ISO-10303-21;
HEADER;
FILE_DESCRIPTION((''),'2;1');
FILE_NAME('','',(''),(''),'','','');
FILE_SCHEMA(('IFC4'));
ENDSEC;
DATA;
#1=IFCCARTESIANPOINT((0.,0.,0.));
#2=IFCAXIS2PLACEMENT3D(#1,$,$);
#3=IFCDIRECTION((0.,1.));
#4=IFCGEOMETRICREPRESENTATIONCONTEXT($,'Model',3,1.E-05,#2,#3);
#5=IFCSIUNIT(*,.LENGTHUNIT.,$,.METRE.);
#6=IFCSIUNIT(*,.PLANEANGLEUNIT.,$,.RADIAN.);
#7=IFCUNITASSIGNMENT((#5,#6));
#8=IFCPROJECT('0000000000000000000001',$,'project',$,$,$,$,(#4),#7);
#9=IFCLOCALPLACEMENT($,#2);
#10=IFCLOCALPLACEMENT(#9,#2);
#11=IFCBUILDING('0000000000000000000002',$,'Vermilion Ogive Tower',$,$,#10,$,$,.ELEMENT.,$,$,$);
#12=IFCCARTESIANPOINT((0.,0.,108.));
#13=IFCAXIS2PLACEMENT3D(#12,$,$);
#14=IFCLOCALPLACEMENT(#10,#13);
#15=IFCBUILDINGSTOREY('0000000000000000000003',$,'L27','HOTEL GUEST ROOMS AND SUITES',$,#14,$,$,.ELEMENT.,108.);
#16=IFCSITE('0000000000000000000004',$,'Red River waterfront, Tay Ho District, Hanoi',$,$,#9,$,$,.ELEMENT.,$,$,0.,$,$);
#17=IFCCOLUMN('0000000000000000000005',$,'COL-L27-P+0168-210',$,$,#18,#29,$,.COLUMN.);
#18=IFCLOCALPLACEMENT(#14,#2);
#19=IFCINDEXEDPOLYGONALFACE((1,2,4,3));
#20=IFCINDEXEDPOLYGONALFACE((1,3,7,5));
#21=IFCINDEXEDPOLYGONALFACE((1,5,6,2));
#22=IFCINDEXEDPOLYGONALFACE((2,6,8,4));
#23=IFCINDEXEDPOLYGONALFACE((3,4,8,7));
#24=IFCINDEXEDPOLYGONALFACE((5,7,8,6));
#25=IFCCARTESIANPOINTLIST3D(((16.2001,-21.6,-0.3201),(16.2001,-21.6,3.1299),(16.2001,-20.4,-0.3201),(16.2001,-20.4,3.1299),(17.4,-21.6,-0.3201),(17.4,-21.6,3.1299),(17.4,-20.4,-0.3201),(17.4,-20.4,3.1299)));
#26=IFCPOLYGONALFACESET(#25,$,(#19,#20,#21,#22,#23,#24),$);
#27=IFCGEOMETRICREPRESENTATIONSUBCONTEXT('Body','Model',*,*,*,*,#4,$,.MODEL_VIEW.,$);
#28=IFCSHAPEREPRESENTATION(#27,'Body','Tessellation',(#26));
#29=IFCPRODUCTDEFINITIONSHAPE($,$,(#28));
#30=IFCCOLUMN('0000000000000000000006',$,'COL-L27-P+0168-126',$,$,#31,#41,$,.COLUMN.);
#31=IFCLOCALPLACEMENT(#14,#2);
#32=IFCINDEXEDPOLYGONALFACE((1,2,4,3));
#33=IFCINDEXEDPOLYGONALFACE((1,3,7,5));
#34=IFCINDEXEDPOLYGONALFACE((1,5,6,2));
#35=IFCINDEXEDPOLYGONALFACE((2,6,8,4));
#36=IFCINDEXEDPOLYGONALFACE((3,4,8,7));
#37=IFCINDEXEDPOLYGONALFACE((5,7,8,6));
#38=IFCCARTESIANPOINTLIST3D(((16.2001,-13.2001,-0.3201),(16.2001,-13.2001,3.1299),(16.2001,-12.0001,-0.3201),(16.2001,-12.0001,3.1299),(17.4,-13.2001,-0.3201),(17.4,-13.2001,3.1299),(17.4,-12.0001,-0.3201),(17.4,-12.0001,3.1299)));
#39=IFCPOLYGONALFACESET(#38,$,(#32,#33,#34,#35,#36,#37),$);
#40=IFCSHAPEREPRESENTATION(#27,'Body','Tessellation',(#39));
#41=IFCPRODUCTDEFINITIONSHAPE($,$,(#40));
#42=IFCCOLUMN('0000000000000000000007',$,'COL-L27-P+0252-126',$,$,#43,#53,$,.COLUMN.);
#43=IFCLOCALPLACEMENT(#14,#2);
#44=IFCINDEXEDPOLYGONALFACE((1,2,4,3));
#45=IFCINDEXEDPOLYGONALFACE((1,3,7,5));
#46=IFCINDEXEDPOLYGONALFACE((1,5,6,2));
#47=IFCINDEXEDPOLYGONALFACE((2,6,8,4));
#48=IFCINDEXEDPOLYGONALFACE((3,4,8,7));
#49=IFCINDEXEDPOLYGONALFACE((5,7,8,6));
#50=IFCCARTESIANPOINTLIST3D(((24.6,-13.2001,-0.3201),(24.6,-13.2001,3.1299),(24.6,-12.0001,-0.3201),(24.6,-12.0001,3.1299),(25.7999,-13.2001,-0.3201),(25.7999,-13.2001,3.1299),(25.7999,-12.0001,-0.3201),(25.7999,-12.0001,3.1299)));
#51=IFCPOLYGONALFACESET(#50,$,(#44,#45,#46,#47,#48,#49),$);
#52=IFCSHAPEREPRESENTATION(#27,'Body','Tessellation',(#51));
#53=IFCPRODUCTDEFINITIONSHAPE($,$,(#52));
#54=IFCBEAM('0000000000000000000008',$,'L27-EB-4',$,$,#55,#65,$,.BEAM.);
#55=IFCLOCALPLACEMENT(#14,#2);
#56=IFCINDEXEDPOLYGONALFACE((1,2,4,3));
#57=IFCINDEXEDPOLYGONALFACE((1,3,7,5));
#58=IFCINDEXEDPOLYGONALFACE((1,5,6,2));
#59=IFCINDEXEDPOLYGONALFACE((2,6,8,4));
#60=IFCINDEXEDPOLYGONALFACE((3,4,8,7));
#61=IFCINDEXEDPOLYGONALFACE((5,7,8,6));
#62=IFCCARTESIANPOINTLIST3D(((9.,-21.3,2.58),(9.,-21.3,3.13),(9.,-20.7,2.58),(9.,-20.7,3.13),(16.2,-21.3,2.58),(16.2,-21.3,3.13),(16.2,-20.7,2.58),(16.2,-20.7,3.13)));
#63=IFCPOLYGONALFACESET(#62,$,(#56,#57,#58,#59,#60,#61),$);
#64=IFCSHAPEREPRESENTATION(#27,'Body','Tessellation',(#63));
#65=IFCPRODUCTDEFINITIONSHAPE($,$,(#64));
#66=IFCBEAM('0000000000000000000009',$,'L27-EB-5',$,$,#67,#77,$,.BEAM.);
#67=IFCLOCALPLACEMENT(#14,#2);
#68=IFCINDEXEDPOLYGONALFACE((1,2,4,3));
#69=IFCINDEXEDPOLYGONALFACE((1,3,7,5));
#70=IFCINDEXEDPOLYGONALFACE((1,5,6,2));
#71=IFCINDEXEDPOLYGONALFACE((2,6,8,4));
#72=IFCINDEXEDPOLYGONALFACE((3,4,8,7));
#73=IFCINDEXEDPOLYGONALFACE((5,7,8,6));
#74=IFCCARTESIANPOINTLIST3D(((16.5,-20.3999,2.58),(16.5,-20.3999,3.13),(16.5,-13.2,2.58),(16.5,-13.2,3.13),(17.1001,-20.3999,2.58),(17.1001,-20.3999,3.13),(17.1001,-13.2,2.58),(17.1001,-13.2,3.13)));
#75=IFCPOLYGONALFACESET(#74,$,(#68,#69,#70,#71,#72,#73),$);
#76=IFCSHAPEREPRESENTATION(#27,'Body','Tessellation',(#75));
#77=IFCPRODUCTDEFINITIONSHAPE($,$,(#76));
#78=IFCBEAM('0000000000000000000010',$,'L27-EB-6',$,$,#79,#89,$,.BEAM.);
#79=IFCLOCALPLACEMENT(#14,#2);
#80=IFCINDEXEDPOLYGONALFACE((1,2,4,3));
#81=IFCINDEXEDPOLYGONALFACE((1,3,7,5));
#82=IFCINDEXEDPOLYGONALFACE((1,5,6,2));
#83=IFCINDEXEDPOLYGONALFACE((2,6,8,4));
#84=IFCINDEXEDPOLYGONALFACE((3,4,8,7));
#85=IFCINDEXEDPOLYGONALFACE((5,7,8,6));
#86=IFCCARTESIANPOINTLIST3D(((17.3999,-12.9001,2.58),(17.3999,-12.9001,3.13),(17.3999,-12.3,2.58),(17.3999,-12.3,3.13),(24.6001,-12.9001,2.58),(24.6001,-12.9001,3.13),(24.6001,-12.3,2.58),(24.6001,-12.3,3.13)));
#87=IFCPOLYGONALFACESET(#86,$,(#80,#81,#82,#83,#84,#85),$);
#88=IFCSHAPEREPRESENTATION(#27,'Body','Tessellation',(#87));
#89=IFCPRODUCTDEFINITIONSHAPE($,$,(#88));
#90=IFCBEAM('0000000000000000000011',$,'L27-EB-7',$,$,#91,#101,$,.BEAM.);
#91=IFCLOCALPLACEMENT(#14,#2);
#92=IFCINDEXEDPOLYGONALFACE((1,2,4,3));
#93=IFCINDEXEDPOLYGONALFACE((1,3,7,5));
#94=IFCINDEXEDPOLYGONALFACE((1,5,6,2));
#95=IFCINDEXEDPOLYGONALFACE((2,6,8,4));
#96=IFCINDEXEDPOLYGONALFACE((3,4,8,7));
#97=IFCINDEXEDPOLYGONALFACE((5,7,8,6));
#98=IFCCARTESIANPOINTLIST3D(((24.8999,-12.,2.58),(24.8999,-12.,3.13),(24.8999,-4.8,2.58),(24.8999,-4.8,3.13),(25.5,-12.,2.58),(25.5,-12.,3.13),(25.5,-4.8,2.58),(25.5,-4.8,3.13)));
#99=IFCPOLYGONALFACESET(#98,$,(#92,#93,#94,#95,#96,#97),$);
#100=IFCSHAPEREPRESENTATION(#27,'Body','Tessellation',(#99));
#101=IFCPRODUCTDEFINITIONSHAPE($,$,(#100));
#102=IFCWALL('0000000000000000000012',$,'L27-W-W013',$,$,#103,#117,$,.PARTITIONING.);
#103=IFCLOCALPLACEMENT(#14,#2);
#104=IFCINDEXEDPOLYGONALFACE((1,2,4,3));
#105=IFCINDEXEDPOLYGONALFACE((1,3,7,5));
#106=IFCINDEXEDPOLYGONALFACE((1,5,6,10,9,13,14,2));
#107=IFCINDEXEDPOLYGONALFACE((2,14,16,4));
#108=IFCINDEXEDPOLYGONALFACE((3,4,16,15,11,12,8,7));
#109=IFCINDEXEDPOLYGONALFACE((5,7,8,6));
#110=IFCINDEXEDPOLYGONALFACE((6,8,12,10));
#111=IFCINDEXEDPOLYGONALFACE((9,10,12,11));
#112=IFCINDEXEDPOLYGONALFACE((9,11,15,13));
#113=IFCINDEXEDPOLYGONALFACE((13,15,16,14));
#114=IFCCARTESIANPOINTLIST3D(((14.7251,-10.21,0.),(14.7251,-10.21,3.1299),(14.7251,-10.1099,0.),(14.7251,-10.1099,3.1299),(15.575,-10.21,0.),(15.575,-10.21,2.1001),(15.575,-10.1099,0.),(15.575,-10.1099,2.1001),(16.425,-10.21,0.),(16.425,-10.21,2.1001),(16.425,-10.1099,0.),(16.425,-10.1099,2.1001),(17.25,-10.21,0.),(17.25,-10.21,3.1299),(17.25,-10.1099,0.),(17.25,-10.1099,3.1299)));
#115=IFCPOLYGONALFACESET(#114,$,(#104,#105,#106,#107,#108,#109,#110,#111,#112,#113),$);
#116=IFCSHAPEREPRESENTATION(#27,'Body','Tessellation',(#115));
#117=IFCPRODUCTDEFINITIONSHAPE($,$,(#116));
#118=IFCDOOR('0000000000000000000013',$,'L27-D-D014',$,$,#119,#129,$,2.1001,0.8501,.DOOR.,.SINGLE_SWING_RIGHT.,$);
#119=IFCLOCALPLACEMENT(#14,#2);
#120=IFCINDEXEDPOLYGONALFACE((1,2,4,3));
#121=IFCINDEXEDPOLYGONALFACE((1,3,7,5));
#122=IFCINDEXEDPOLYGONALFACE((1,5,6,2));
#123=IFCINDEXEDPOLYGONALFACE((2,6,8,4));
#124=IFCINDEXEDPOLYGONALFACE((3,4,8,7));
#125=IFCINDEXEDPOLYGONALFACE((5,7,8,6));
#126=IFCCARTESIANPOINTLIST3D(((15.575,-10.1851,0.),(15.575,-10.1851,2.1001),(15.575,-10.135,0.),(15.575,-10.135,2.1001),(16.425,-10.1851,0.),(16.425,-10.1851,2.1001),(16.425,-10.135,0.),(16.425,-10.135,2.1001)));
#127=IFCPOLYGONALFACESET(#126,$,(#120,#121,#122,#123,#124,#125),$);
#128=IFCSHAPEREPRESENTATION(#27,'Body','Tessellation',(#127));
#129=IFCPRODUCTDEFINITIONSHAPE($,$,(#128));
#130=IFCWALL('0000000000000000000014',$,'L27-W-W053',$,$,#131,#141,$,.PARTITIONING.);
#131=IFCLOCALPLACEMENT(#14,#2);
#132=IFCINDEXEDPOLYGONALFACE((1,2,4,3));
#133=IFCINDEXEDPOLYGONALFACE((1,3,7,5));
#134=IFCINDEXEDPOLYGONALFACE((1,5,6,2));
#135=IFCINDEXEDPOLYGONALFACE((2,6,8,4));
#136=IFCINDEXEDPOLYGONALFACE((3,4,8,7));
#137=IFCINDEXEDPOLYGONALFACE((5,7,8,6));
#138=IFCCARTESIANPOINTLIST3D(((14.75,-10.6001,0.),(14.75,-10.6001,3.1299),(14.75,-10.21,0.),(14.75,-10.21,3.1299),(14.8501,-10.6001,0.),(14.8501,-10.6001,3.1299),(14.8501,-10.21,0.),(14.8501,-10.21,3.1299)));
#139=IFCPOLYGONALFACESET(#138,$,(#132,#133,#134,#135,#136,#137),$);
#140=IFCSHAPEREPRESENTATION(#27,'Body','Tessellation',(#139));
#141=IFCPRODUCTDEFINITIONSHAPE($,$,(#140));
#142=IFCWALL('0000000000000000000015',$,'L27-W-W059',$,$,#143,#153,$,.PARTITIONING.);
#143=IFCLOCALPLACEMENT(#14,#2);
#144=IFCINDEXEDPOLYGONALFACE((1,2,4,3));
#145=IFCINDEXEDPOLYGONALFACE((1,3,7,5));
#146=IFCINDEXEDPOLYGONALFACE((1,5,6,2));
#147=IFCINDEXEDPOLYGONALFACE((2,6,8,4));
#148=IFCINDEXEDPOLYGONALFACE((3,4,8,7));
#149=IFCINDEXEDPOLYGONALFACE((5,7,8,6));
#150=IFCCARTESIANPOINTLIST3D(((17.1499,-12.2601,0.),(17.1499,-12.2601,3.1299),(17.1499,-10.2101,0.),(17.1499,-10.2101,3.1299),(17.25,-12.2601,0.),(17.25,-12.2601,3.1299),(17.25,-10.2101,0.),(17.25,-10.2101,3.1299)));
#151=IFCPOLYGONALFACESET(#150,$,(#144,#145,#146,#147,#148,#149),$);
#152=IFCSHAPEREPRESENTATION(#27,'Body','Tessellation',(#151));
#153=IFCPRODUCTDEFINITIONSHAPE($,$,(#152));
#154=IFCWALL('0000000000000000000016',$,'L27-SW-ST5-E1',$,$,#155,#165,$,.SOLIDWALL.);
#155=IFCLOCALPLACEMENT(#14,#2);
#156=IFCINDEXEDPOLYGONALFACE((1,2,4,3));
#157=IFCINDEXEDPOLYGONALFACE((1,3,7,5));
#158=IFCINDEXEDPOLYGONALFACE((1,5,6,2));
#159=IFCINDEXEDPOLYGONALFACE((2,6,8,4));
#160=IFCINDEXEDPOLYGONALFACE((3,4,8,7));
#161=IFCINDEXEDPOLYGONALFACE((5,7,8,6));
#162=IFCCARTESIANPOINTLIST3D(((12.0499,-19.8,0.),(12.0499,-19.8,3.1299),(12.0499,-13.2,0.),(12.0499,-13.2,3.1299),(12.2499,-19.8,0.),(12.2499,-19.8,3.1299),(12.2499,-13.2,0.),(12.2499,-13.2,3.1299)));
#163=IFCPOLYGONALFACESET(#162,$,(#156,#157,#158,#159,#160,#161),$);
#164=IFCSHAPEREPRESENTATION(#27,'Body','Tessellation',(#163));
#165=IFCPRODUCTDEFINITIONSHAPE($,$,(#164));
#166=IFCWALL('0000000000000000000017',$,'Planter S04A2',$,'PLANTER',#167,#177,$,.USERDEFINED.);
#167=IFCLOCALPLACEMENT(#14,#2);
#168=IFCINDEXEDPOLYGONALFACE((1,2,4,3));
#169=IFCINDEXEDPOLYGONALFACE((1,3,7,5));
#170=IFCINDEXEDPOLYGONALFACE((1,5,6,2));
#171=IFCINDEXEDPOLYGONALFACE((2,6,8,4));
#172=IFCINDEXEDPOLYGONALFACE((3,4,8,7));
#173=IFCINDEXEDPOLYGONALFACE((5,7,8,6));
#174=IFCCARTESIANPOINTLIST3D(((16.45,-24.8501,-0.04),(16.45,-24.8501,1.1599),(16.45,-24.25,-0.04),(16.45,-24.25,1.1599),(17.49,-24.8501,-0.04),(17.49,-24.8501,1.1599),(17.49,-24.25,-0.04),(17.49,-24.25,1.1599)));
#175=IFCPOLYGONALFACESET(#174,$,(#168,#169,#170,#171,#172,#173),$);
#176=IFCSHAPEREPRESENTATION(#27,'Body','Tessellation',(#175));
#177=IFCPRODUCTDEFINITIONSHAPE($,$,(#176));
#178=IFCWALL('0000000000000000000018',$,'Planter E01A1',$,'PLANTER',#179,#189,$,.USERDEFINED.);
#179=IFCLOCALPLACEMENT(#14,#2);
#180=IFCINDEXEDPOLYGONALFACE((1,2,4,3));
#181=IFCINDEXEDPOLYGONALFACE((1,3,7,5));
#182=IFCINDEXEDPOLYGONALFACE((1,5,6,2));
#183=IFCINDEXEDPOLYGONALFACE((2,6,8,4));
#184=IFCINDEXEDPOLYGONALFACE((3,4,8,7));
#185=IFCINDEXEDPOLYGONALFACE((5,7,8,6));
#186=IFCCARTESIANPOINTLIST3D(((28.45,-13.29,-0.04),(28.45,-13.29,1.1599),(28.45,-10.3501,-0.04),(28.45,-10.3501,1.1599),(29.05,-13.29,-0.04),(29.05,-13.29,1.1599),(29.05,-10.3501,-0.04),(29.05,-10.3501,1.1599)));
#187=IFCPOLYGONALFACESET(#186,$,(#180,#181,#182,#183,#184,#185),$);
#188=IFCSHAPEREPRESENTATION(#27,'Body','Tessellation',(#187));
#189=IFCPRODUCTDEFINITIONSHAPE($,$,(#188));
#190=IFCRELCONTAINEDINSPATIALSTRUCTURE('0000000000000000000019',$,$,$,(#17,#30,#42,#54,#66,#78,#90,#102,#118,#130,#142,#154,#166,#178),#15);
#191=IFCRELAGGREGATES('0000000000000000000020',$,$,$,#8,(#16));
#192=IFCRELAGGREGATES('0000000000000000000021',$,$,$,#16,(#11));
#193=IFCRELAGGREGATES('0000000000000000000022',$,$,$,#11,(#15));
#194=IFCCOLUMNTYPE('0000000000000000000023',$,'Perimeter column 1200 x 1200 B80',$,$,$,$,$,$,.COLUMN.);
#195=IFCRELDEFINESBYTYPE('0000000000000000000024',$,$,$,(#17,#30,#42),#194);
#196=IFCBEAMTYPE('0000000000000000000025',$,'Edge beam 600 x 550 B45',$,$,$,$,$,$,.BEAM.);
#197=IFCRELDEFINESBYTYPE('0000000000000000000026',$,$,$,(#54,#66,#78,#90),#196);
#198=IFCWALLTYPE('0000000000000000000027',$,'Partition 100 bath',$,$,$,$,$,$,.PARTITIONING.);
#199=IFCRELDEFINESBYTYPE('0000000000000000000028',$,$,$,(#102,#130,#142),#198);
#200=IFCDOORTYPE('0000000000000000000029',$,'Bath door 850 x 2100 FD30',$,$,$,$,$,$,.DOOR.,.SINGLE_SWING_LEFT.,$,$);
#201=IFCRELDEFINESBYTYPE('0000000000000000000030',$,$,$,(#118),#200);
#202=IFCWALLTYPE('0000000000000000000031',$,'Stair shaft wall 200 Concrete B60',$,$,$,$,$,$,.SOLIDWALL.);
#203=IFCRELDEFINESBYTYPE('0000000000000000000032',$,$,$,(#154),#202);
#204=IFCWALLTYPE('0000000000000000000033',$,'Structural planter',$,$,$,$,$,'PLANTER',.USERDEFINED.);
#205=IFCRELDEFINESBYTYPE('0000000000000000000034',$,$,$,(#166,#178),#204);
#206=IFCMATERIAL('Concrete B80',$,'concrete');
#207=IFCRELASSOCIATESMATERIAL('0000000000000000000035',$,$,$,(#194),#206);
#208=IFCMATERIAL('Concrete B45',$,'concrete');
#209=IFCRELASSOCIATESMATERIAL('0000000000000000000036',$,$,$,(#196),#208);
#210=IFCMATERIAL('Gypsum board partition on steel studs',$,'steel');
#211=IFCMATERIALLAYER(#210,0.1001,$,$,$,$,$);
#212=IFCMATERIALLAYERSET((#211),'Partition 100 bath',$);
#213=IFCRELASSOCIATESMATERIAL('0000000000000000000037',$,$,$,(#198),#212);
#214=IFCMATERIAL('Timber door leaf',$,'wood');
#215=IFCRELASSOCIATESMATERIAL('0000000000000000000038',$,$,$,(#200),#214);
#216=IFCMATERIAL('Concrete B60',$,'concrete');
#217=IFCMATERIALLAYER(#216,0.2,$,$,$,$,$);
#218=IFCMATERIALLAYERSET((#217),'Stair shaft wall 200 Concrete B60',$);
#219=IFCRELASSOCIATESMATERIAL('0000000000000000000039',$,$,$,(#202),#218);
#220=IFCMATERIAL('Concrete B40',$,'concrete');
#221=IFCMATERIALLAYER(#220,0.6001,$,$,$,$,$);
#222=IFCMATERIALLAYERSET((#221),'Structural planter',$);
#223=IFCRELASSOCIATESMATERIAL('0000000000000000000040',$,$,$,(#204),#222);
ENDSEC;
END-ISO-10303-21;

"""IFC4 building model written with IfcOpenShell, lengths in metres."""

from ifc_helpers import new_model, si_unit, direction, frame, frame_2d, origin, origin_2d, place, context, subcontext, project, spatial, rectangle, extrude, material, layer, layer_set, material_profile, profile_set, type_object, element, fill, save


model = new_model("IFC4")

# Units and contexts
model_context = context("Model", 3, precision=1e-05, world=origin(), true_north=direction((0.0, 1.0)))
body_context = subcontext(model_context, "Body", "Model", "MODEL_VIEW")
ifc_project = project(units=[si_unit("LENGTHUNIT", "METRE"), si_unit("PLANEANGLEUNIT", "RADIAN")], contexts=[model_context])

# Site, building, storey
site_placement = place(None, origin())
site = spatial("IfcSite", under=ifc_project, at=site_placement, Name="Red River waterfront, Tay Ho District, Hanoi", CompositionType="ELEMENT", RefElevation=0.0)
building_placement = place(site_placement, origin())
building = spatial("IfcBuilding", under=site, at=building_placement, Name="Vermilion Ogive Tower", CompositionType="ELEMENT")
storey_placement = place(building_placement, frame((0.0, 0.0, 108.0)))
storey = spatial("IfcBuildingStorey", under=building, at=storey_placement, Name="L27", Description="HOTEL GUEST ROOMS AND SUITES", CompositionType="ELEMENT", Elevation=108.0)

# Columns
ifc_material_1 = material(Name="Concrete B80", Category="concrete")
ifc_material_profile_1 = material_profile(ifc_material_1, rectangle(XDim=1.2, YDim=1.2, at=origin_2d()), Name="1200 x 1200")
ifc_profile_set_1 = profile_set([ifc_material_profile_1], Name="Concrete B80")
column_type = type_object("IfcColumnType", Name="Perimeter column 1200 x 1200 B80", PredefinedType="COLUMN", material=ifc_profile_set_1)
for number, where, z_axis, x_axis, name in (
    (1, (16.8, -21.0, -0.3201), (0.0, 0.0, 1.0), (1.0, 0.0, 0.0), "COL-L27-P+0168-210"),
    (2, (16.8, -12.6001, -0.3201), (0.0, 0.0, 1.0), (1.0, 0.0, 0.0), "COL-L27-P+0168-126"),
    (3, (25.2, -12.6001, -0.3201), (0.0, 0.0, 1.0), (1.0, 0.0, 0.0), "COL-L27-P+0252-126"),
):
    element("IfcColumn", number, at=place(storey_placement, frame(where, z_axis=z_axis, x_axis=x_axis)), inside=storey, type_object=column_type, Name=name, PredefinedType="COLUMN", context=body_context, shape_type="SweptSolid", body=[
        extrude(rectangle(XDim=1.2, YDim=1.2, at=origin_2d()), origin(), (0.0, 0.0, 1.0), 3.45),
    ])

# Beams
ifc_material_2 = material(Name="Concrete B45", Category="concrete")
ifc_material_profile_2 = material_profile(ifc_material_2, rectangle(XDim=0.6001, YDim=0.55, at=origin_2d()), Name="600 x 550")
ifc_profile_set_2 = profile_set([ifc_material_profile_2], Name="Concrete B45")
beam_type = type_object("IfcBeamType", Name="Edge beam 600 x 550 B45", PredefinedType="BEAM", material=ifc_profile_set_2)
for number, where, z_axis, x_axis, name in (
    (4, (9.0, -21.0, 2.855), (1.0, 0.0, 0.0), (0.0, 1.0, 0.0), "L27-EB-4"),
    (5, (16.8, -20.3999, 2.855), (0.0, 1.0, 0.0), (-1.0, 0.0, 0.0), "L27-EB-5"),
):
    element("IfcBeam", number, at=place(storey_placement, frame(where, z_axis=z_axis, x_axis=x_axis)), inside=storey, type_object=beam_type, Name=name, PredefinedType="BEAM", context=body_context, shape_type="SweptSolid", body=[
        extrude(rectangle(XDim=0.6001, YDim=0.55, at=origin_2d()), origin(), (0.0, 0.0, 1.0), 7.2),
    ])
beam_1_placement = place(storey_placement, frame((17.3999, -12.6001, 2.855), z_axis=(1.0, 0.0, 0.0), x_axis=(0.0, 1.0, 0.0)))
element("IfcBeam", 6, at=beam_1_placement, inside=storey, type_object=beam_type, Name="L27-EB-6", PredefinedType="BEAM", context=body_context, shape_type="SweptSolid", body=[
    extrude(rectangle(XDim=0.6001, YDim=0.55, at=origin_2d()), origin(), (0.0, 0.0, 1.0), 7.2002),
])
beam_2_placement = place(storey_placement, frame((25.2, -12.0, 2.855), z_axis=(0.0, 1.0, 0.0), x_axis=(-1.0, 0.0, 0.0)))
element("IfcBeam", 7, at=beam_2_placement, inside=storey, type_object=beam_type, Name="L27-EB-7", PredefinedType="BEAM", context=body_context, shape_type="SweptSolid", body=[
    extrude(rectangle(XDim=0.6001, YDim=0.55, at=origin_2d()), origin(), (0.0, 0.0, 1.0), 7.2),
])

# Wall, opening, door
ifc_material_3 = material(Name="Gypsum board partition on steel studs", Category="steel")
ifc_layer_1 = layer(ifc_material_3, 0.1001)
ifc_layer_set_1 = layer_set([ifc_layer_1], Name="Partition 100 bath")
wall_type_1 = type_object("IfcWallType", Name="Partition 100 bath", PredefinedType="PARTITIONING", material=ifc_layer_set_1)
wall_1_placement = place(storey_placement, frame((14.7251, -10.1599, 0.0), z_axis=(0.0, 0.0, 1.0), x_axis=(1.0, 0.0, 0.0)))
wall_1 = element("IfcWall", 8, at=wall_1_placement, inside=storey, type_object=wall_type_1, Name="L27-W-W013", PredefinedType="PARTITIONING", context=body_context, shape_type="SweptSolid", body=[
    extrude(rectangle(XDim=2.5249, YDim=0.1001, at=frame_2d((1.2625, 0.0))), origin(), (0.0, 0.0, 1.0), 3.1299),
])
opening_1_placement = place(wall_1_placement, frame((0.8499, 0.0, 0.0)))
opening_1 = element("IfcOpeningElement", 9, at=opening_1_placement, cuts=wall_1, PredefinedType="OPENING", context=body_context, shape_type="SweptSolid", body=[
    extrude(rectangle(XDim=0.8501, YDim=2.1001, at=frame_2d((0.425, 1.05))), frame((0.0, 0.0601, 0.0), z_axis=(0.0, -1.0, 0.0), x_axis=(1.0, 0.0, 0.0)), (0.0, 0.0, 1.0), 0.1201),
])
ifc_material_4 = material(Name="Timber door leaf", Category="wood")
door_type_1 = type_object("IfcDoorType", Name="Bath door 850 x 2100 FD30", OperationType="SINGLE_SWING_LEFT", PredefinedType="DOOR", material=ifc_material_4)
door_1_placement = place(opening_1_placement, origin())
door_1 = element("IfcDoor", 10, at=door_1_placement, inside=storey, type_object=door_type_1, Name="L27-D-D014", OperationType="SINGLE_SWING_RIGHT", OverallHeight=2.1001, OverallWidth=0.8501, PredefinedType="DOOR", context=body_context, shape_type="SweptSolid", body=[
    extrude(rectangle(XDim=0.8501, YDim=2.1001, at=frame_2d((0.425, 1.05))), frame((0.0, 0.0249, 0.0), z_axis=(0.0, -1.0, 0.0), x_axis=(1.0, 0.0, 0.0)), (0.0, 0.0, 1.0), 0.05),
])
fill(opening_1, door_1)

# Walls
wall_2_placement = place(storey_placement, frame((14.8, -10.6001, 0.0), z_axis=(0.0, 0.0, 1.0), x_axis=(0.0, 1.0, 0.0)))
element("IfcWall", 11, at=wall_2_placement, inside=storey, type_object=wall_type_1, Name="L27-W-W053", PredefinedType="PARTITIONING", context=body_context, shape_type="SweptSolid", body=[
    extrude(rectangle(XDim=0.3901, YDim=0.1001, at=frame_2d((0.1951, 0.0))), origin(), (0.0, 0.0, 1.0), 3.1299),
])
wall_3_placement = place(storey_placement, frame((17.2, -12.26, 0.0), z_axis=(0.0, 0.0, 1.0), x_axis=(0.0, 1.0, 0.0)))
element("IfcWall", 12, at=wall_3_placement, inside=storey, type_object=wall_type_1, Name="L27-W-W059", PredefinedType="PARTITIONING", context=body_context, shape_type="SweptSolid", body=[
    extrude(rectangle(XDim=2.05, YDim=0.1001, at=frame_2d((1.0249, 0.0))), origin(), (0.0, 0.0, 1.0), 3.1299),
])
ifc_material_5 = material(Name="Concrete B60", Category="concrete")
ifc_layer_2 = layer(ifc_material_5, 0.2)
ifc_layer_set_2 = layer_set([ifc_layer_2], Name="Stair shaft wall 200 Concrete B60")
wall_type_2 = type_object("IfcWallType", Name="Stair shaft wall 200 Concrete B60", PredefinedType="SOLIDWALL", material=ifc_layer_set_2)
wall_4_placement = place(storey_placement, frame((12.1499, -19.8, 0.0), z_axis=(0.0, 0.0, 1.0), x_axis=(0.0, 1.0, 0.0)))
element("IfcWall", 13, at=wall_4_placement, inside=storey, type_object=wall_type_2, Name="L27-SW-ST5-E1", PredefinedType="SOLIDWALL", context=body_context, shape_type="SweptSolid", body=[
    extrude(rectangle(XDim=6.6001, YDim=0.2, at=frame_2d((3.3, 0.0))), origin(), (0.0, 0.0, 1.0), 3.1299),
])
ifc_material_6 = material(Name="Concrete B40", Category="concrete")
ifc_layer_3 = layer(ifc_material_6, 0.6001)
ifc_layer_set_3 = layer_set([ifc_layer_3], Name="Structural planter")
wall_type_3 = type_object("IfcWallType", Name="Structural planter", ElementType="PLANTER", PredefinedType="USERDEFINED", material=ifc_layer_set_3)
wall_5_placement = place(storey_placement, frame((16.45, -24.55, -0.04), z_axis=(0.0, 0.0, 1.0), x_axis=(1.0, 0.0, 0.0)))
element("IfcWall", 14, at=wall_5_placement, inside=storey, type_object=wall_type_3, Name="Planter S04A2", ObjectType="PLANTER", PredefinedType="USERDEFINED", context=body_context, shape_type="SweptSolid", body=[
    extrude(rectangle(XDim=1.04, YDim=0.6001, at=frame_2d((0.52, 0.0))), origin(), (0.0, 0.0, 1.0), 1.2),
])
wall_6_placement = place(storey_placement, frame((28.75, -13.29, -0.04), z_axis=(0.0, 0.0, 1.0), x_axis=(0.0, 1.0, 0.0)))
element("IfcWall", 15, at=wall_6_placement, inside=storey, type_object=wall_type_3, Name="Planter E01A1", ObjectType="PLANTER", PredefinedType="USERDEFINED", context=body_context, shape_type="SweptSolid", body=[
    extrude(rectangle(XDim=2.9399, YDim=0.6001, at=frame_2d((1.47, 0.0))), origin(), (0.0, 0.0, 1.0), 1.2),
])

save(model, "model.ifc")
